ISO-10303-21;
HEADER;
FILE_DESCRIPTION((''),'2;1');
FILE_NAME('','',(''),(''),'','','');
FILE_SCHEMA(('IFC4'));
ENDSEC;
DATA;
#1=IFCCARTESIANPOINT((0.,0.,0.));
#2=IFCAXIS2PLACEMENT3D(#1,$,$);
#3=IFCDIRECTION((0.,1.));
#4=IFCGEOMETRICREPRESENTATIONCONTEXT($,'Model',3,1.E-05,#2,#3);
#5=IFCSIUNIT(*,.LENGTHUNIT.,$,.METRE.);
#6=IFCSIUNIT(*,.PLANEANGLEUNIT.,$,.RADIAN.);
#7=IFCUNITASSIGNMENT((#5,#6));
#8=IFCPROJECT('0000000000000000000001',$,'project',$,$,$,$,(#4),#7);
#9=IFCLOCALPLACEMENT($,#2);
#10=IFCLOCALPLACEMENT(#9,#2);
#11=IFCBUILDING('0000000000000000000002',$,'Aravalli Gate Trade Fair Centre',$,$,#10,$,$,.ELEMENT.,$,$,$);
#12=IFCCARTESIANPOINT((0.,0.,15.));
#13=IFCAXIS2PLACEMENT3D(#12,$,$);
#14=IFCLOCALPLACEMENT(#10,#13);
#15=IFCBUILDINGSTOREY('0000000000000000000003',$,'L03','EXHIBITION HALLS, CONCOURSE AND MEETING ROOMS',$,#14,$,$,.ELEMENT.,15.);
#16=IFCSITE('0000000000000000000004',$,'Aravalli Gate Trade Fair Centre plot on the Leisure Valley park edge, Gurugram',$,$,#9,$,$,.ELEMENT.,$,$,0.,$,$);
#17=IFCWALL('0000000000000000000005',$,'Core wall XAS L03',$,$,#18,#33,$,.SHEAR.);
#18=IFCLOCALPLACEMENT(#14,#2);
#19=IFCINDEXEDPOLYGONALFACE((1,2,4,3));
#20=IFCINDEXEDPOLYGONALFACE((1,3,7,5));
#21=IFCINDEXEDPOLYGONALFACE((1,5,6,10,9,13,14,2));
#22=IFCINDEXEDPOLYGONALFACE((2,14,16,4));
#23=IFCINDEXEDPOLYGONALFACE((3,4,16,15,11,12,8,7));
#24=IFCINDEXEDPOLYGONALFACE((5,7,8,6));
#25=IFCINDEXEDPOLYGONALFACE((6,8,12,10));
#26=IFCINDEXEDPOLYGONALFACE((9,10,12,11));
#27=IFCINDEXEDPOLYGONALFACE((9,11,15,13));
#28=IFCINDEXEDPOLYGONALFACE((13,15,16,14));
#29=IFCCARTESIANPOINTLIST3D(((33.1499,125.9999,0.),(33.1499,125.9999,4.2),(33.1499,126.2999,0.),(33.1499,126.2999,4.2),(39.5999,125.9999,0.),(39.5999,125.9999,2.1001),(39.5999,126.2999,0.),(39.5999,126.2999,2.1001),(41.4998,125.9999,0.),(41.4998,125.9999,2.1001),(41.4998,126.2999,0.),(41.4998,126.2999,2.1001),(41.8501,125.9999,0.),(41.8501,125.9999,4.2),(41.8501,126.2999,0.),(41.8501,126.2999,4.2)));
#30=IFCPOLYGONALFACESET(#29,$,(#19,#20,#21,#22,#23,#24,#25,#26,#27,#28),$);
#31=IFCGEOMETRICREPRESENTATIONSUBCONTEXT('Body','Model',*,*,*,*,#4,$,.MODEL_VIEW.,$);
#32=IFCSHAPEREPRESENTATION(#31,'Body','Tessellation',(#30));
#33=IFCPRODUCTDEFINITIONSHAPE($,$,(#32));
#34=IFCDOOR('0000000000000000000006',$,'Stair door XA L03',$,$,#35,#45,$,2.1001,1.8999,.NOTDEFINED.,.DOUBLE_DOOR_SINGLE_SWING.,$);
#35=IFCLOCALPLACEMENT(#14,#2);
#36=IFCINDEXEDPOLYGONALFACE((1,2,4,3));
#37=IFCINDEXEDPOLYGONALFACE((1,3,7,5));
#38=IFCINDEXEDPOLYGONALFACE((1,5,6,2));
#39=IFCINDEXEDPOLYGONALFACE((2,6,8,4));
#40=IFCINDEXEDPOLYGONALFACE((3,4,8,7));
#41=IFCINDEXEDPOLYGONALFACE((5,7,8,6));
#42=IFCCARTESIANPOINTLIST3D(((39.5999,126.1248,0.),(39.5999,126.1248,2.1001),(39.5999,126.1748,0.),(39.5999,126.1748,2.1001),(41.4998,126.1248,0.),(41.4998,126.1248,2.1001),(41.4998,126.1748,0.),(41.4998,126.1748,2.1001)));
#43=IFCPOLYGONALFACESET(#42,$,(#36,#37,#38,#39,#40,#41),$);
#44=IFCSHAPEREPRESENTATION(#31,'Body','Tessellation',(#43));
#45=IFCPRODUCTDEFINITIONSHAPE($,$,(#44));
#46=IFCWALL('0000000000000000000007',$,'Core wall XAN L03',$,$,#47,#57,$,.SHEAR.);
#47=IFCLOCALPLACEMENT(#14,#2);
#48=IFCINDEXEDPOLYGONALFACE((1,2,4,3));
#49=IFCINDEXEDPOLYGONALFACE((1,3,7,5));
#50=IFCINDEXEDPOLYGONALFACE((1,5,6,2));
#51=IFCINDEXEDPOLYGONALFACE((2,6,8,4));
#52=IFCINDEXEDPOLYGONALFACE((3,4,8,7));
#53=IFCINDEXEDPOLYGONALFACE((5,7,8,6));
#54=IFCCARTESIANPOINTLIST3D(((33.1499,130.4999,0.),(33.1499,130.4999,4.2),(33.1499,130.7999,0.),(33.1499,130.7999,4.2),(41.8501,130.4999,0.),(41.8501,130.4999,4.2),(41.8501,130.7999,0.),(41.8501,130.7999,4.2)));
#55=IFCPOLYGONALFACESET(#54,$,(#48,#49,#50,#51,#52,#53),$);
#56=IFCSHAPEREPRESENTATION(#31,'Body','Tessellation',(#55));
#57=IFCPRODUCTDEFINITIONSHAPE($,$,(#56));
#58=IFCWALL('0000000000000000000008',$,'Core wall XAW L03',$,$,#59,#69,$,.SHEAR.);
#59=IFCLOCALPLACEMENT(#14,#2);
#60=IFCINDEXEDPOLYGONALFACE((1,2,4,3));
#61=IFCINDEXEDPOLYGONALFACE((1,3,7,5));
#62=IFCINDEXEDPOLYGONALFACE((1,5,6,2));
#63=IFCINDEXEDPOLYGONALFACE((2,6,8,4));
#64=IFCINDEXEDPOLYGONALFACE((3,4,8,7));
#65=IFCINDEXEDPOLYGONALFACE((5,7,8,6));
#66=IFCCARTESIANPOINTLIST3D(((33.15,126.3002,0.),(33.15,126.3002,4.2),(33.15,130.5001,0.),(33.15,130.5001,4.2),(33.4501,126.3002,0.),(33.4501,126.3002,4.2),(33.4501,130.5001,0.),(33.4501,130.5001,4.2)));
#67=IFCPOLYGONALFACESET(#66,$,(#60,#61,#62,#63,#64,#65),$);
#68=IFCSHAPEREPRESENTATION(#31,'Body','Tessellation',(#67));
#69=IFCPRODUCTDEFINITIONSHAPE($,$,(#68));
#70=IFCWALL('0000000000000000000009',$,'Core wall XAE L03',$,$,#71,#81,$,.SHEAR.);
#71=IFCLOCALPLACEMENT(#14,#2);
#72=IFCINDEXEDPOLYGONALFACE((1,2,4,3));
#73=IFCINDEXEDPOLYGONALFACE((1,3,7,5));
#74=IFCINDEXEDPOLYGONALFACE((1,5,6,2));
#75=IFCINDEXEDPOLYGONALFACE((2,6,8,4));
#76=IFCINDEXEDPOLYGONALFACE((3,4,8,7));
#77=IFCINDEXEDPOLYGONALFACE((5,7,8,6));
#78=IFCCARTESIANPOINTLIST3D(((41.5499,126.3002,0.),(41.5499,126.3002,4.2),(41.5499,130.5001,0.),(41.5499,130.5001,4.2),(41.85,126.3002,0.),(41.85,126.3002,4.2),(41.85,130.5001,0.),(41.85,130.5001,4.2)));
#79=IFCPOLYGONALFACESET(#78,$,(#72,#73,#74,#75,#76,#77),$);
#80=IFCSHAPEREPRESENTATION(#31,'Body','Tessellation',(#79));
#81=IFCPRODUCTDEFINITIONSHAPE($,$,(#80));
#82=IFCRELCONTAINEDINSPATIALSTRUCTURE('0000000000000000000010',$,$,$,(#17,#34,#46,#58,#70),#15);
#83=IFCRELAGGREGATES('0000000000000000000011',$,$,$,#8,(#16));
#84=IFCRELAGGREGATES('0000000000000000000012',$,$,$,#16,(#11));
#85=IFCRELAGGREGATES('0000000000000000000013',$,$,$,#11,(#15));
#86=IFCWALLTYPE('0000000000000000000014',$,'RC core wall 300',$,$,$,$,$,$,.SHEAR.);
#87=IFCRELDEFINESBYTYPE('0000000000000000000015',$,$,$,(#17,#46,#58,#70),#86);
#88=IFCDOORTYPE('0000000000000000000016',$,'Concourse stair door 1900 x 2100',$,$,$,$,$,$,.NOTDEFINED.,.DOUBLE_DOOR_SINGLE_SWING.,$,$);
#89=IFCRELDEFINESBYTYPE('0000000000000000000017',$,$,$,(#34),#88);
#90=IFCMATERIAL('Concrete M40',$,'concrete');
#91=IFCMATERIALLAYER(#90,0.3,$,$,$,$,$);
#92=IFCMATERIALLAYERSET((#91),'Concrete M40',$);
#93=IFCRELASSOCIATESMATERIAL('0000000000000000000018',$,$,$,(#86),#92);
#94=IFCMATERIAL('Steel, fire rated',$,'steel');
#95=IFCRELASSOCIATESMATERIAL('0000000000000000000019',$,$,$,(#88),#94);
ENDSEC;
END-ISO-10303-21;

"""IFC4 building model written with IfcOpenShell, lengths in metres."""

from ifc_helpers import new_model, si_unit, direction, frame, frame_2d, origin, place, context, subcontext, project, spatial, rectangle, extrude, material, layer, layer_set, type_object, element, fill, save


model = new_model("IFC4")

# Units and contexts
model_context = context("Model", 3, precision=1e-05, world=origin(), true_north=direction((0.0, 1.0)))
body_context = subcontext(model_context, "Body", "Model", "MODEL_VIEW")
ifc_project = project(units=[si_unit("LENGTHUNIT", "METRE"), si_unit("PLANEANGLEUNIT", "RADIAN")], contexts=[model_context])

# Site, building, storey
site_placement = place(None, origin())
site = spatial("IfcSite", under=ifc_project, at=site_placement, Name="Aravalli Gate Trade Fair Centre plot on the Leisure Valley park edge, Gurugram", CompositionType="ELEMENT", RefElevation=0.0)
building_placement = place(site_placement, origin())
building = spatial("IfcBuilding", under=site, at=building_placement, Name="Aravalli Gate Trade Fair Centre", CompositionType="ELEMENT")
storey_placement = place(building_placement, frame((0.0, 0.0, 15.0)))
storey = spatial("IfcBuildingStorey", under=building, at=storey_placement, Name="L03", Description="EXHIBITION HALLS, CONCOURSE AND MEETING ROOMS", CompositionType="ELEMENT", Elevation=15.0)

# Shared definitions
ifc_material_1 = material(Name="Concrete M40", Category="concrete")

# Wall, opening, door
ifc_layer_1 = layer(ifc_material_1, 0.3)
ifc_layer_set_1 = layer_set([ifc_layer_1], Name="Concrete M40")
wall_type_1 = type_object("IfcWallType", Name="RC core wall 300", PredefinedType="SHEAR", material=ifc_layer_set_1)
wall_1_placement = place(storey_placement, frame((33.1499, 126.1499, 0.0), z_axis=(0.0, 0.0, 1.0), x_axis=(1.0, 0.0, 0.0)))
wall_1 = element("IfcWall", 1, at=wall_1_placement, inside=storey, type_object=wall_type_1, Name="Core wall XAS L03", PredefinedType="SHEAR", context=body_context, shape_type="SweptSolid", body=[
    extrude(rectangle(XDim=8.7002, YDim=0.3, at=frame_2d((4.3501, 0.0))), origin(), (0.0, 0.0, 1.0), 4.2),
])
opening_placement = place(wall_1_placement, frame((6.45, 0.0, 0.0)))
opening = element("IfcOpeningElement", 2, at=opening_placement, cuts=wall_1, PredefinedType="OPENING", context=body_context, shape_type="SweptSolid", body=[
    extrude(rectangle(XDim=1.8999, YDim=2.1001, at=frame_2d((0.95, 1.05))), frame((0.0, 0.1599, 0.0), z_axis=(0.0, -1.0, 0.0), x_axis=(1.0, 0.0, 0.0)), (0.0, 0.0, 1.0), 0.3201),
])
ifc_material_2 = material(Name="Steel, fire rated", Category="steel")
door_type = type_object("IfcDoorType", Name="Concourse stair door 1900 x 2100", OperationType="DOUBLE_DOOR_SINGLE_SWING", PredefinedType="NOTDEFINED", material=ifc_material_2)
door_placement = place(opening_placement, origin())
door = element("IfcDoor", 3, at=door_placement, inside=storey, type_object=door_type, Name="Stair door XA L03", OperationType="DOUBLE_DOOR_SINGLE_SWING", OverallHeight=2.1001, OverallWidth=1.8999, PredefinedType="NOTDEFINED", context=body_context, shape_type="SweptSolid", body=[
    extrude(rectangle(XDim=1.8999, YDim=2.1001, at=frame_2d((0.95, 1.05))), frame((0.0, 0.0249, 0.0), z_axis=(0.0, -1.0, 0.0), x_axis=(1.0, 0.0, 0.0)), (0.0, 0.0, 1.0), 0.05),
])
fill(opening, door)

# Walls
wall_2_placement = place(storey_placement, frame((33.1499, 130.6499, 0.0), z_axis=(0.0, 0.0, 1.0), x_axis=(1.0, 0.0, 0.0)))
element("IfcWall", 4, at=wall_2_placement, inside=storey, type_object=wall_type_1, Name="Core wall XAN L03", PredefinedType="SHEAR", context=body_context, shape_type="SweptSolid", body=[
    extrude(rectangle(XDim=8.7002, YDim=0.3, at=frame_2d((4.3501, 0.0))), origin(), (0.0, 0.0, 1.0), 4.2),
])
for number, where, z_axis, x_axis, name in (
    (5, (33.3, 126.3, 0.0), (0.0, 0.0, 1.0), (0.0, 1.0, 0.0), "Core wall XAW L03"),
    (6, (41.7, 126.3, 0.0), (0.0, 0.0, 1.0), (0.0, 1.0, 0.0), "Core wall XAE L03"),
):
    element("IfcWall", number, at=place(storey_placement, frame(where, z_axis=z_axis, x_axis=x_axis)), inside=storey, type_object=wall_type_1, Name=name, PredefinedType="SHEAR", context=body_context, shape_type="SweptSolid", body=[
        extrude(rectangle(XDim=4.2, YDim=0.3, at=frame_2d((2.1001, 0.0))), origin(), (0.0, 0.0, 1.0), 4.2),
    ])

save(model, "model.ifc")
